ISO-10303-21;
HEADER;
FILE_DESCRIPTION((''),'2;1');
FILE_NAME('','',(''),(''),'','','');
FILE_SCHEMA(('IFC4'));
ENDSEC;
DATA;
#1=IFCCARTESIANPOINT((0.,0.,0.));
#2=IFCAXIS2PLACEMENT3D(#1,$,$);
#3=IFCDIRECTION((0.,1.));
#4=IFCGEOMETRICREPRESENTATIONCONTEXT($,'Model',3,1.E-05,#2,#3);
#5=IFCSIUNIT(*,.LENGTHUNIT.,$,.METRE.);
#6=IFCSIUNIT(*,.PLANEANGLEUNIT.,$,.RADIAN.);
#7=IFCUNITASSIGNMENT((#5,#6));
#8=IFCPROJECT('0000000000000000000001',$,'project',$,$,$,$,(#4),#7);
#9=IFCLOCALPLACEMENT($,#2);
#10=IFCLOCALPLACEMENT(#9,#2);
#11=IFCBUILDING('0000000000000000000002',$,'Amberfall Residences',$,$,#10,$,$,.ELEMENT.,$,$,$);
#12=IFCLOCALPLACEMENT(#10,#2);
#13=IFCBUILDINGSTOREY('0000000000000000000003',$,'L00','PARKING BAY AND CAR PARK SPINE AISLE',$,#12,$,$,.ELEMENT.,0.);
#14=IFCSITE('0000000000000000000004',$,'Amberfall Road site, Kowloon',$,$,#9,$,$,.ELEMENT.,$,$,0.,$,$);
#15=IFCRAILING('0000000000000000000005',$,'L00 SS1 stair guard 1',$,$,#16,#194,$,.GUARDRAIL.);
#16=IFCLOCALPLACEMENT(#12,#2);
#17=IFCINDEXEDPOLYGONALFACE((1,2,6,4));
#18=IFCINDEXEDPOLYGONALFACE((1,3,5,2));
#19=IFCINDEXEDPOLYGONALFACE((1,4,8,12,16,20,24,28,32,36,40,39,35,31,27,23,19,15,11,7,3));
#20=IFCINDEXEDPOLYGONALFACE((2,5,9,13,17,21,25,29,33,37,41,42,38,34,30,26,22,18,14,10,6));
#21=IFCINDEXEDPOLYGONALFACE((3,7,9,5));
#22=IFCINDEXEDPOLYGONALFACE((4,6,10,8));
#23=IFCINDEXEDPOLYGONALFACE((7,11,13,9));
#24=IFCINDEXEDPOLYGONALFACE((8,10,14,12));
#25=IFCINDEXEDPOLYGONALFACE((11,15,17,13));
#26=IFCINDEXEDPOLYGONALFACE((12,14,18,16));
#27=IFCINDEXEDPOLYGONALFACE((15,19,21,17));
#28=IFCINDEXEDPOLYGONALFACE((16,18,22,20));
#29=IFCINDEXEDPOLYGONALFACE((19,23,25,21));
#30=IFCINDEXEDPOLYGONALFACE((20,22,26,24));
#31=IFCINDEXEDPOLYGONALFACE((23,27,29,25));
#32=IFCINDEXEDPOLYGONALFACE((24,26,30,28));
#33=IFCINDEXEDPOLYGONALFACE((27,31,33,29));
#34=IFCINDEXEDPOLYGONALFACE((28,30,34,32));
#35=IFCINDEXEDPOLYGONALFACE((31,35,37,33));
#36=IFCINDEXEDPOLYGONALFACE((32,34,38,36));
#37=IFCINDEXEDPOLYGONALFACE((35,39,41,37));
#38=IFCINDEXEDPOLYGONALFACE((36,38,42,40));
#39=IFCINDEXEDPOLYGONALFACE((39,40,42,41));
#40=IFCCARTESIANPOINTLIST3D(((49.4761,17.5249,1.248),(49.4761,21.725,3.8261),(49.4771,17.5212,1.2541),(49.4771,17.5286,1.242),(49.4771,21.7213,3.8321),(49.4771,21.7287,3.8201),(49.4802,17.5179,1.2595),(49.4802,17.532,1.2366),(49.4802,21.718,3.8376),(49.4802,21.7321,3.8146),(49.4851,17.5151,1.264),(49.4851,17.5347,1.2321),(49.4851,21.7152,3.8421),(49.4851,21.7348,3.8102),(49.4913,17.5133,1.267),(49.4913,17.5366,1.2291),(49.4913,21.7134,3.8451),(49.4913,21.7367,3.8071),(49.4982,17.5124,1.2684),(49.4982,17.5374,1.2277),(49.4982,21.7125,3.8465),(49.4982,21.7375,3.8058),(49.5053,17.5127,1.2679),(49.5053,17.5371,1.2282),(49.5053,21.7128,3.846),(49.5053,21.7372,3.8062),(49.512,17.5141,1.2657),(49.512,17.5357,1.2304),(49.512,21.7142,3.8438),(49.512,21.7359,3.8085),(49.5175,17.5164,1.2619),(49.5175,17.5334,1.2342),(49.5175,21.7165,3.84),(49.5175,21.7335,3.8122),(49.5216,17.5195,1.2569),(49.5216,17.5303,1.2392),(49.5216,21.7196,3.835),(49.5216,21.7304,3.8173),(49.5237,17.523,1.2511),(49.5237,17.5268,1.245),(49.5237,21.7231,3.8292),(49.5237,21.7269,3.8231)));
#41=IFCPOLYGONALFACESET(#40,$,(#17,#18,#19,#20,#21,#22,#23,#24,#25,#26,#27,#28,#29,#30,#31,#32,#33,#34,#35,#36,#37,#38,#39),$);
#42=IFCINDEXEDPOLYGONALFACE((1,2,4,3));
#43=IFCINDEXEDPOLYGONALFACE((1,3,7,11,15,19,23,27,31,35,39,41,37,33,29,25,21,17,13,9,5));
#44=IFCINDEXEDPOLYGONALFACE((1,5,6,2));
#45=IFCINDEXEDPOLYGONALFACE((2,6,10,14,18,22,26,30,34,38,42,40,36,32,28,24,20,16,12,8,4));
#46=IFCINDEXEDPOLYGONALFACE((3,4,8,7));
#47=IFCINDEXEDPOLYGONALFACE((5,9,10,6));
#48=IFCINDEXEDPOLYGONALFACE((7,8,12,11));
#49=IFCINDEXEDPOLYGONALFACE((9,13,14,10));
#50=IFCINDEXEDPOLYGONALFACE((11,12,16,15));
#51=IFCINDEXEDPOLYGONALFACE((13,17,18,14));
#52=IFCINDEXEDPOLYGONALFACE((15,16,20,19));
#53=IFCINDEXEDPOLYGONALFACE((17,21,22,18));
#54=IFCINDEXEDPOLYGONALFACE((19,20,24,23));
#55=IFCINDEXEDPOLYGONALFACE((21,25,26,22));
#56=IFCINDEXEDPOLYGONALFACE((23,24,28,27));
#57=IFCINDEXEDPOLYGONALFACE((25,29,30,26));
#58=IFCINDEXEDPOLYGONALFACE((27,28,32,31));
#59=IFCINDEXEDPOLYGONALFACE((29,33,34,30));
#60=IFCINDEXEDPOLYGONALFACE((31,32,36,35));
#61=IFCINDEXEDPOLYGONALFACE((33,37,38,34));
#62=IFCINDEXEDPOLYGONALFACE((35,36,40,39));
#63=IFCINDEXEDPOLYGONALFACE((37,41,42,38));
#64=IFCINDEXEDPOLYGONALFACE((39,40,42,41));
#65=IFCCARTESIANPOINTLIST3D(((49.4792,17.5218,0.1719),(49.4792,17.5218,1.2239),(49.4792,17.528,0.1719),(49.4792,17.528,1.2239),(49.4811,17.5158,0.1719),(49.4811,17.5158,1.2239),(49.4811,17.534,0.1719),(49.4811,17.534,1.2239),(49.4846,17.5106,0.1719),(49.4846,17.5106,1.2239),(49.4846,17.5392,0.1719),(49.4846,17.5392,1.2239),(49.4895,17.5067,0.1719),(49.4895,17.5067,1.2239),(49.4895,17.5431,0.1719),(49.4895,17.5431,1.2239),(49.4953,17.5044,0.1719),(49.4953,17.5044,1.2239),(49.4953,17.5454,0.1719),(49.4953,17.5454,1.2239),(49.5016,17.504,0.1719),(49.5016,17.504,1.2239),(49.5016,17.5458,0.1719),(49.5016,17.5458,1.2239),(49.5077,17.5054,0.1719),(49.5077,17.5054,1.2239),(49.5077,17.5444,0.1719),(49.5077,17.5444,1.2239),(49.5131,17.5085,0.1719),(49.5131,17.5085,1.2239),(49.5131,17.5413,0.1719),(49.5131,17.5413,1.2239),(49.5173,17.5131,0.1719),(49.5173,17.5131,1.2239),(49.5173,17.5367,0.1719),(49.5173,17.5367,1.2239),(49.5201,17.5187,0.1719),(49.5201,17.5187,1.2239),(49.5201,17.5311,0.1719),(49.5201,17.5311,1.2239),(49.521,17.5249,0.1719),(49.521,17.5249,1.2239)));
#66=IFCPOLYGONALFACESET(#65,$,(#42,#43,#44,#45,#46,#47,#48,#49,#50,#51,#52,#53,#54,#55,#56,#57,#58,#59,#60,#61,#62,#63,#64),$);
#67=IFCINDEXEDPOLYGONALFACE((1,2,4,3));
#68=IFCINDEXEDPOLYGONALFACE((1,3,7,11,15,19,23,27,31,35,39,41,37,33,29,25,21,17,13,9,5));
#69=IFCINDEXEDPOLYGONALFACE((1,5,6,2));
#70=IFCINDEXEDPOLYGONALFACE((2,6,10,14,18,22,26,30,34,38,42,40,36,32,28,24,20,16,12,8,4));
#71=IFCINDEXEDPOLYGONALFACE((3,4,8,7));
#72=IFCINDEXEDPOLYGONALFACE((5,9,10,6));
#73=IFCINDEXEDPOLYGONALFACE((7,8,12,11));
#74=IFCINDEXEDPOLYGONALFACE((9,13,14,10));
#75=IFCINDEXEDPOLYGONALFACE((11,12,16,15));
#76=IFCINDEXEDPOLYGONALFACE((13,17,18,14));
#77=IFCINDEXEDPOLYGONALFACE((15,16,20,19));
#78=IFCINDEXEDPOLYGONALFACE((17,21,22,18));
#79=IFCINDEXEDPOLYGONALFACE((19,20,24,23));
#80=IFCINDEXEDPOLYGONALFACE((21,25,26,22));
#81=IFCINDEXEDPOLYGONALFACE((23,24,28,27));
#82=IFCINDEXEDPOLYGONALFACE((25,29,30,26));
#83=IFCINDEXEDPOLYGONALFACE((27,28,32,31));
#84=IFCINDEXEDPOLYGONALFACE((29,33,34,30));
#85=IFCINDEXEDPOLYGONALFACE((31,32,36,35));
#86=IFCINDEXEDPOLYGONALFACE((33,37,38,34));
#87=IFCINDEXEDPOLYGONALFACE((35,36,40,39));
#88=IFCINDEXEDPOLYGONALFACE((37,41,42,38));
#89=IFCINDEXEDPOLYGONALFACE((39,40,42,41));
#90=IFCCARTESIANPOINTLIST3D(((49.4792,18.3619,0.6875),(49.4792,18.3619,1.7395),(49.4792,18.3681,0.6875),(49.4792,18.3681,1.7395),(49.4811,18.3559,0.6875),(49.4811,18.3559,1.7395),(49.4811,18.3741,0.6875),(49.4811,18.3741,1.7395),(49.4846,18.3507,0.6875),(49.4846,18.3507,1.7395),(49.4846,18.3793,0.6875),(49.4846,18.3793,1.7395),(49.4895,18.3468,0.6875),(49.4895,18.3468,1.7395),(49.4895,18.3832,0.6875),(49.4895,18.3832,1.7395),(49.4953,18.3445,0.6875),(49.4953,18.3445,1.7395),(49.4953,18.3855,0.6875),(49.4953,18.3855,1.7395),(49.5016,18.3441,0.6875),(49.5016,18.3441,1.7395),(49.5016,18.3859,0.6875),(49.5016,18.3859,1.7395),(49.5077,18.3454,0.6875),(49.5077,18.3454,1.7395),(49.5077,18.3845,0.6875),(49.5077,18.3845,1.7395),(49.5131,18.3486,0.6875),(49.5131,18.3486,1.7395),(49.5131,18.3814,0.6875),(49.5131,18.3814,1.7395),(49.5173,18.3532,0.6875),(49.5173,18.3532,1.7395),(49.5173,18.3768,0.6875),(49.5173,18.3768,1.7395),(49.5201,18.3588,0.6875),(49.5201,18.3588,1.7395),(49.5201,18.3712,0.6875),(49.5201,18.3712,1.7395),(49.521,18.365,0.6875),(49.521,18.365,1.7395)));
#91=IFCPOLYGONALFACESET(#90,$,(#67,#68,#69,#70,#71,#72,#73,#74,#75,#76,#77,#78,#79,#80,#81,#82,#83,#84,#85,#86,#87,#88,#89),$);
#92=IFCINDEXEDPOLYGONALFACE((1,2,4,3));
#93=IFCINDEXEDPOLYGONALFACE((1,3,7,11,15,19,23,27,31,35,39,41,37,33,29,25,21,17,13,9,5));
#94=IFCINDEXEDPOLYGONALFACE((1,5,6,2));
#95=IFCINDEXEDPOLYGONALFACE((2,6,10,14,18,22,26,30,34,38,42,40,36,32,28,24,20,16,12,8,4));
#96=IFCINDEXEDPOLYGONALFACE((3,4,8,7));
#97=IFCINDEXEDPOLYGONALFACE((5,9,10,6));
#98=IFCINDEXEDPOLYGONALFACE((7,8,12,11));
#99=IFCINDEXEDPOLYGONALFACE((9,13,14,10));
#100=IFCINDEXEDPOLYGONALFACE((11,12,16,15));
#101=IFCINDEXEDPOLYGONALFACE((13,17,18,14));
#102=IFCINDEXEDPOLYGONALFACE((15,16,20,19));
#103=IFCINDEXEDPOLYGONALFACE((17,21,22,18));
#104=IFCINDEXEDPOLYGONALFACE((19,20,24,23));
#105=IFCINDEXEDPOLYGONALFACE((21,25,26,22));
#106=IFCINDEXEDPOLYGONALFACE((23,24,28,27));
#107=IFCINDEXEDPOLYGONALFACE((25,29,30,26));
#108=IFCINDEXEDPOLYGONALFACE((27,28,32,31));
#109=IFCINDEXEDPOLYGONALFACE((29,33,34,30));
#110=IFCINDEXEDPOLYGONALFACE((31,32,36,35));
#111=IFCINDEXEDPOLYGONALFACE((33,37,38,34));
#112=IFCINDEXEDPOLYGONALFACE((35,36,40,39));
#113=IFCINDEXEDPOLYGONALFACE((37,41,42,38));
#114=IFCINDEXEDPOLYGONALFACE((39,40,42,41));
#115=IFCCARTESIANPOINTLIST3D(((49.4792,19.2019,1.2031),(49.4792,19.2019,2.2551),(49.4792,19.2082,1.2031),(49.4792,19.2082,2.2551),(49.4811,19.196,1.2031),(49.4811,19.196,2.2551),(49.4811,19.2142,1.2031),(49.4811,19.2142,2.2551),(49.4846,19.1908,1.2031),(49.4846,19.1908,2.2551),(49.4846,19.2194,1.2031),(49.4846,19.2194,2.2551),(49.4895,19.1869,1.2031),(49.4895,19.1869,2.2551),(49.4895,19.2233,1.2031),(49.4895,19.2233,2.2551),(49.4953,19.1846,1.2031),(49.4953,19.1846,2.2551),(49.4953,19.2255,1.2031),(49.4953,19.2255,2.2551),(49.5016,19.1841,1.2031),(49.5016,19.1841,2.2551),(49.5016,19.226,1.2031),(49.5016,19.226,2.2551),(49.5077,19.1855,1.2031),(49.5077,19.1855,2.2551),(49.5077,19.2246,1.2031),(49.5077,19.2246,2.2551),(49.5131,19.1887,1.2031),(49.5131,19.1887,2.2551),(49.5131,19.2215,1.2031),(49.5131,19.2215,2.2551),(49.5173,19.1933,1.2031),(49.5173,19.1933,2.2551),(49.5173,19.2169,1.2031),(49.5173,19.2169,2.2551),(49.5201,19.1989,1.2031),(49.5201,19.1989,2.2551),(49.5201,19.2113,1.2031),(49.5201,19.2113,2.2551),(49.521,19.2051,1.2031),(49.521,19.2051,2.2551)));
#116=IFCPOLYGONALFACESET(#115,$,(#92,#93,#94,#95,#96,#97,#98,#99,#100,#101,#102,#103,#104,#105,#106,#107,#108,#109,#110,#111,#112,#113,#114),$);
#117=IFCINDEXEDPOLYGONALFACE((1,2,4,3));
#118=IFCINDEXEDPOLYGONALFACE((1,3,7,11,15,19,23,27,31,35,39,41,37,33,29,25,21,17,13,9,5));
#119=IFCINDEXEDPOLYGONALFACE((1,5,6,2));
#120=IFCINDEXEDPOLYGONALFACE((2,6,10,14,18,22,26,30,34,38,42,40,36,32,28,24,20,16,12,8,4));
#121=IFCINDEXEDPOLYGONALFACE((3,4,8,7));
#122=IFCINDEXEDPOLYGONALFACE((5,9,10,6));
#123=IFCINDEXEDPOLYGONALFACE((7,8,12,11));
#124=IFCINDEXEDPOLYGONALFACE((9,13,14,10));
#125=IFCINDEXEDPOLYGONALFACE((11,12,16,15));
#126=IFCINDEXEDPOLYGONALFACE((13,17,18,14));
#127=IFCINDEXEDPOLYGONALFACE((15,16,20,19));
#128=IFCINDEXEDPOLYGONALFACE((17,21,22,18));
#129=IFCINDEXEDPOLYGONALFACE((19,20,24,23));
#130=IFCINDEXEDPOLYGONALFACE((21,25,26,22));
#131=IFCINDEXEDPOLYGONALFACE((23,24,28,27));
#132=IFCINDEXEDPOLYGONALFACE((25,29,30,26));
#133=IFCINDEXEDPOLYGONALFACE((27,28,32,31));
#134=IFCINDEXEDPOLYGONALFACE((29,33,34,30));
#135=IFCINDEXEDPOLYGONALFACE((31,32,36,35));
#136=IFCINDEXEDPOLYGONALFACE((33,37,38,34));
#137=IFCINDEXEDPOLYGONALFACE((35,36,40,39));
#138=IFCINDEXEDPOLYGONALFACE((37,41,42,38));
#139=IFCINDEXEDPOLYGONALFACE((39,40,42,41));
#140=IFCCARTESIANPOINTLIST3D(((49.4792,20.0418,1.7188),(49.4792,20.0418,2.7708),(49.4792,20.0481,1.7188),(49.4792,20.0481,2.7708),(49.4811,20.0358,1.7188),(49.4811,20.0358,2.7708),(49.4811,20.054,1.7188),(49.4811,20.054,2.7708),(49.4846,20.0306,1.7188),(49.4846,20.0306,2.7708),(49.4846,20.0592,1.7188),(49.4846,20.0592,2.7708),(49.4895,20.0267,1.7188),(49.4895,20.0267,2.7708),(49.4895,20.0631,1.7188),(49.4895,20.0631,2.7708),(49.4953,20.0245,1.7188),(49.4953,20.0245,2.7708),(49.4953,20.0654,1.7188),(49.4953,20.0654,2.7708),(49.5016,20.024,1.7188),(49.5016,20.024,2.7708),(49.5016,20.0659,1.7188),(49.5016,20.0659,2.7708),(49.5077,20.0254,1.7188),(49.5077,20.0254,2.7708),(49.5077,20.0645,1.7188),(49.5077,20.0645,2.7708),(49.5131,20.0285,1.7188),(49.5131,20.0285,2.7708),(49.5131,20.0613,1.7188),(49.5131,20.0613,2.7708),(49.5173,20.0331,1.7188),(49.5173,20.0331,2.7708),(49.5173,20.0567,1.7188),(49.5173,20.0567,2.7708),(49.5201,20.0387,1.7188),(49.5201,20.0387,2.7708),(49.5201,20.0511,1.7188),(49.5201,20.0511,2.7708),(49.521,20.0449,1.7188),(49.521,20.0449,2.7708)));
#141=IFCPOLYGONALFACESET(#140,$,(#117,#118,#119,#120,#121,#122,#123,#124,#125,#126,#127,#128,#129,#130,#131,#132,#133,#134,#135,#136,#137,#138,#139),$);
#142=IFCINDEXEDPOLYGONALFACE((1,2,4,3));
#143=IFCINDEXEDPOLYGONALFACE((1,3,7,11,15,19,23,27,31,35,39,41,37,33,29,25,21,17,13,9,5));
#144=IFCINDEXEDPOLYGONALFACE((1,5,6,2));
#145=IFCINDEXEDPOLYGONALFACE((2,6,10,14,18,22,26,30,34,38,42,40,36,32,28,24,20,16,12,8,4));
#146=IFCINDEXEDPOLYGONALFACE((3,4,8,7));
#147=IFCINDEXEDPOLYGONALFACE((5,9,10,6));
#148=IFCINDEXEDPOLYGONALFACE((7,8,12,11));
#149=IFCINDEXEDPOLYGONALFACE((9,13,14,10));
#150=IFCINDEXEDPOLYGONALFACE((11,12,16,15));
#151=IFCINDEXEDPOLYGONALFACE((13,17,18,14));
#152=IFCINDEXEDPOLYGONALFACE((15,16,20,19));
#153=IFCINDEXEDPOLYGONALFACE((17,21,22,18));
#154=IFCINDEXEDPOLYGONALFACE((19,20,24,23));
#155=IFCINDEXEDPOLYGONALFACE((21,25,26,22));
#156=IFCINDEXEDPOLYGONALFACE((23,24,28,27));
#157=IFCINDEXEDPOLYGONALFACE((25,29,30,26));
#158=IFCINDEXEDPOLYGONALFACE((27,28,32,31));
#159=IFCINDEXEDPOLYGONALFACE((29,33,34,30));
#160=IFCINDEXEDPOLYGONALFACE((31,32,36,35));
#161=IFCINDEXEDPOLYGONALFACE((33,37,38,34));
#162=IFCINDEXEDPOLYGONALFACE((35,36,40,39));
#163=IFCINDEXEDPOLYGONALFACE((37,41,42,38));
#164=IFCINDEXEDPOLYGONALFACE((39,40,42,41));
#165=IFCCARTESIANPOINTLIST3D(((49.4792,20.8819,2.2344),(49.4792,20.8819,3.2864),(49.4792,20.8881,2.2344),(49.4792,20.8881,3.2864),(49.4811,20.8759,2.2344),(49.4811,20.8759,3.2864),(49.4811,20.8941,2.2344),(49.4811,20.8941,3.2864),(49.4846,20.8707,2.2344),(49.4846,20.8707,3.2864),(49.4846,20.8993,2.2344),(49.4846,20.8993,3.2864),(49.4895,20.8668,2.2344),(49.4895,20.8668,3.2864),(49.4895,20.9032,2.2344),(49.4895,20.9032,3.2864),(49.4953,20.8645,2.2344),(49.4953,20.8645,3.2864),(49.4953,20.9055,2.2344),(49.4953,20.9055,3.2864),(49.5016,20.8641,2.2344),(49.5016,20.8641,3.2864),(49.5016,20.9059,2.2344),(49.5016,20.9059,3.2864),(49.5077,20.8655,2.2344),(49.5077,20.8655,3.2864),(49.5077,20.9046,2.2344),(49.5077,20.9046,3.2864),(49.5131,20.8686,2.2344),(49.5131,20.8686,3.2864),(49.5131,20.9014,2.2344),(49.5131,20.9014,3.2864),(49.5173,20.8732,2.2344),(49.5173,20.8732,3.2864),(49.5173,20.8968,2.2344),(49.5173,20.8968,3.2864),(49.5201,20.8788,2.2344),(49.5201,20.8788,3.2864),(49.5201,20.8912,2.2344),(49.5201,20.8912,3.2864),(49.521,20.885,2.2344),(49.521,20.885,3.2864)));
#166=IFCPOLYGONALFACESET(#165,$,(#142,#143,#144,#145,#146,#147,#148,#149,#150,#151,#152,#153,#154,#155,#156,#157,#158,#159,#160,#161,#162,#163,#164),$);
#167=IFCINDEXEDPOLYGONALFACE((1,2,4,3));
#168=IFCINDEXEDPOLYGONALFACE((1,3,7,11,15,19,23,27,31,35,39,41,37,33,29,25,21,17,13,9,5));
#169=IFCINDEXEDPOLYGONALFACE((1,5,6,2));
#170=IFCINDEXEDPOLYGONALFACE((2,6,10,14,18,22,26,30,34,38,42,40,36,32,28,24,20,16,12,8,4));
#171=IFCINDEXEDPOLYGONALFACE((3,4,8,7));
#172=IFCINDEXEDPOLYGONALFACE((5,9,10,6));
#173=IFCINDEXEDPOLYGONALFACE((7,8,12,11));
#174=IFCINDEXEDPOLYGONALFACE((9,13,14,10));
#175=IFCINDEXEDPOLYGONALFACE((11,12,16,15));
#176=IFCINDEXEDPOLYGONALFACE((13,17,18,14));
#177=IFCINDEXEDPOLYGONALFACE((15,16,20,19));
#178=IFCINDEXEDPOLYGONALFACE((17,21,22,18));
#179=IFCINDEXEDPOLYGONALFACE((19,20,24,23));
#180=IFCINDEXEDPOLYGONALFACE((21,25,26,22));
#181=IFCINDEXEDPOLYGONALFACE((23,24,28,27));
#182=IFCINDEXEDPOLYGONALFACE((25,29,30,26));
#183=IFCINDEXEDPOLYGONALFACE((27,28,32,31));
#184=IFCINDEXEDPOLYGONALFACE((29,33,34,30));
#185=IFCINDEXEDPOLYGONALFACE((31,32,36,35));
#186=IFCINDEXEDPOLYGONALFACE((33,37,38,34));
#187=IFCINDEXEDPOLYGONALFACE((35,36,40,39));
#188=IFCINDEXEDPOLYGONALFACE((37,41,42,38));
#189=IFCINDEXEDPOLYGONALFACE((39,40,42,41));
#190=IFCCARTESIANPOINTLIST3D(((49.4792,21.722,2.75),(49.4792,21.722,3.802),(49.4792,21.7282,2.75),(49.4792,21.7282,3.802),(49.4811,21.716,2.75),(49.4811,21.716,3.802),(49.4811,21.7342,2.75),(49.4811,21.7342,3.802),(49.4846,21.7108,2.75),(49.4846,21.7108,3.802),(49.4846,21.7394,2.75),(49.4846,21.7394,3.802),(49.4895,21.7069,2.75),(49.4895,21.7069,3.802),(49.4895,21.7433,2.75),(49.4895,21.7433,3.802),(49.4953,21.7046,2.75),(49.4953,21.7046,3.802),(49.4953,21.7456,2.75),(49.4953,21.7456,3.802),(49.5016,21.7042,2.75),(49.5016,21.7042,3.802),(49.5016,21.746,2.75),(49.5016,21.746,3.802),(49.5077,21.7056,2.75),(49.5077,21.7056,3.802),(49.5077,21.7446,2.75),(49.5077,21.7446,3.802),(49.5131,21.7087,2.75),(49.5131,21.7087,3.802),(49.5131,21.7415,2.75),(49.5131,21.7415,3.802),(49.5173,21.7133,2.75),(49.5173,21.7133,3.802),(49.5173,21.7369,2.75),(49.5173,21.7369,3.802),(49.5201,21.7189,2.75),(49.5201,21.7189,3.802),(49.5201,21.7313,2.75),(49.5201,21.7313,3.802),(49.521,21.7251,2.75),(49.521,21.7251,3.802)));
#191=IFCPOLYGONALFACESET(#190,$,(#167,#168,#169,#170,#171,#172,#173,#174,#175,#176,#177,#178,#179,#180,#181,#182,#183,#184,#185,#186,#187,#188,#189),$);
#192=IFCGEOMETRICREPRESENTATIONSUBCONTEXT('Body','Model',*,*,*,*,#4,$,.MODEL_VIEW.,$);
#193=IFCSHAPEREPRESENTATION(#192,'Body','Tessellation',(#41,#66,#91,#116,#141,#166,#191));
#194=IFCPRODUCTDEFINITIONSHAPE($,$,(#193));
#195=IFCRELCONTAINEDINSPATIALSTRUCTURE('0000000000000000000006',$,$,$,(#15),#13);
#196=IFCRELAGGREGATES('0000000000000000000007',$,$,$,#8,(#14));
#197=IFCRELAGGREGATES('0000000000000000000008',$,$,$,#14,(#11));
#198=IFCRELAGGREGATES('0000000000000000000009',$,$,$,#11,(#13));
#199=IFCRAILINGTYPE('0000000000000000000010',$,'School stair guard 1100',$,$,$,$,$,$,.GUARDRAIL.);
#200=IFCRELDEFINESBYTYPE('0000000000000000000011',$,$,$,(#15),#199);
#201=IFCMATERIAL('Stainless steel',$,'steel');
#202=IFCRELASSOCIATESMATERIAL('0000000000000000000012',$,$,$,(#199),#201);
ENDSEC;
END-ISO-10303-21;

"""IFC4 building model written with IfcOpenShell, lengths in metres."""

from ifc_helpers import new_model, si_unit, direction, frame, origin, origin_2d, place, context, subcontext, project, spatial, circle, extrude, material, type_object, element, save


model = new_model("IFC4")

# Units and contexts
model_context = context("Model", 3, precision=1e-05, world=origin(), true_north=direction((0.0, 1.0)))
body_context = subcontext(model_context, "Body", "Model", "MODEL_VIEW")
ifc_project = project(units=[si_unit("LENGTHUNIT", "METRE"), si_unit("PLANEANGLEUNIT", "RADIAN")], contexts=[model_context])

# Site, building, storey
site_placement = place(None, origin())
site = spatial("IfcSite", under=ifc_project, at=site_placement, Name="Amberfall Road site, Kowloon", CompositionType="ELEMENT", RefElevation=0.0)
building_placement = place(site_placement, origin())
building = spatial("IfcBuilding", under=site, at=building_placement, Name="Amberfall Residences", CompositionType="ELEMENT")
storey_placement = place(building_placement, origin())
storey = spatial("IfcBuildingStorey", under=building, at=storey_placement, Name="L00", Description="PARKING BAY AND CAR PARK SPINE AISLE", CompositionType="ELEMENT", Elevation=0.0)

# Railing
ifc_material_1 = material(Name="Stainless steel", Category="steel")
railing_type_1 = type_object("IfcRailingType", Name="School stair guard 1100", PredefinedType="GUARDRAIL", material=ifc_material_1)
railing_1_placement = place(storey_placement, frame((49.5, 17.5249, 0.1719)))
element("IfcRailing", 1, at=railing_1_placement, inside=storey, type_object=railing_type_1, Name="L00 SS1 stair guard 1", PredefinedType="GUARDRAIL", context=body_context, shape_type="SweptSolid", body=[
    extrude(circle(Radius=0.0239, at=origin_2d()), frame((0.0, 0.0, 1.0762), z_axis=(0.0, 0.852256, 0.523124), x_axis=(-1.0, 0.0, 0.0)), (0.0, 0.0, 1.0), 4.9282),
    extrude(circle(Radius=0.021, at=origin_2d()), origin(), (0.0, 0.0, 1.0), 1.052),
    extrude(circle(Radius=0.021, at=origin_2d()), frame((0.0, 0.8401, 0.5156)), (0.0, 0.0, 1.0), 1.052),
    extrude(circle(Radius=0.021, at=origin_2d()), frame((0.0, 1.6802, 1.0312)), (0.0, 0.0, 1.0), 1.052),
    extrude(circle(Radius=0.021, at=origin_2d()), frame((0.0, 2.52, 1.5469)), (0.0, 0.0, 1.0), 1.052),
    extrude(circle(Radius=0.021, at=origin_2d()), frame((0.0, 3.3601, 2.0625)), (0.0, 0.0, 1.0), 1.052),
    extrude(circle(Radius=0.021, at=origin_2d()), frame((0.0, 4.2002, 2.5781)), (0.0, 0.0, 1.0), 1.052),
])

save(model, "model.ifc")
